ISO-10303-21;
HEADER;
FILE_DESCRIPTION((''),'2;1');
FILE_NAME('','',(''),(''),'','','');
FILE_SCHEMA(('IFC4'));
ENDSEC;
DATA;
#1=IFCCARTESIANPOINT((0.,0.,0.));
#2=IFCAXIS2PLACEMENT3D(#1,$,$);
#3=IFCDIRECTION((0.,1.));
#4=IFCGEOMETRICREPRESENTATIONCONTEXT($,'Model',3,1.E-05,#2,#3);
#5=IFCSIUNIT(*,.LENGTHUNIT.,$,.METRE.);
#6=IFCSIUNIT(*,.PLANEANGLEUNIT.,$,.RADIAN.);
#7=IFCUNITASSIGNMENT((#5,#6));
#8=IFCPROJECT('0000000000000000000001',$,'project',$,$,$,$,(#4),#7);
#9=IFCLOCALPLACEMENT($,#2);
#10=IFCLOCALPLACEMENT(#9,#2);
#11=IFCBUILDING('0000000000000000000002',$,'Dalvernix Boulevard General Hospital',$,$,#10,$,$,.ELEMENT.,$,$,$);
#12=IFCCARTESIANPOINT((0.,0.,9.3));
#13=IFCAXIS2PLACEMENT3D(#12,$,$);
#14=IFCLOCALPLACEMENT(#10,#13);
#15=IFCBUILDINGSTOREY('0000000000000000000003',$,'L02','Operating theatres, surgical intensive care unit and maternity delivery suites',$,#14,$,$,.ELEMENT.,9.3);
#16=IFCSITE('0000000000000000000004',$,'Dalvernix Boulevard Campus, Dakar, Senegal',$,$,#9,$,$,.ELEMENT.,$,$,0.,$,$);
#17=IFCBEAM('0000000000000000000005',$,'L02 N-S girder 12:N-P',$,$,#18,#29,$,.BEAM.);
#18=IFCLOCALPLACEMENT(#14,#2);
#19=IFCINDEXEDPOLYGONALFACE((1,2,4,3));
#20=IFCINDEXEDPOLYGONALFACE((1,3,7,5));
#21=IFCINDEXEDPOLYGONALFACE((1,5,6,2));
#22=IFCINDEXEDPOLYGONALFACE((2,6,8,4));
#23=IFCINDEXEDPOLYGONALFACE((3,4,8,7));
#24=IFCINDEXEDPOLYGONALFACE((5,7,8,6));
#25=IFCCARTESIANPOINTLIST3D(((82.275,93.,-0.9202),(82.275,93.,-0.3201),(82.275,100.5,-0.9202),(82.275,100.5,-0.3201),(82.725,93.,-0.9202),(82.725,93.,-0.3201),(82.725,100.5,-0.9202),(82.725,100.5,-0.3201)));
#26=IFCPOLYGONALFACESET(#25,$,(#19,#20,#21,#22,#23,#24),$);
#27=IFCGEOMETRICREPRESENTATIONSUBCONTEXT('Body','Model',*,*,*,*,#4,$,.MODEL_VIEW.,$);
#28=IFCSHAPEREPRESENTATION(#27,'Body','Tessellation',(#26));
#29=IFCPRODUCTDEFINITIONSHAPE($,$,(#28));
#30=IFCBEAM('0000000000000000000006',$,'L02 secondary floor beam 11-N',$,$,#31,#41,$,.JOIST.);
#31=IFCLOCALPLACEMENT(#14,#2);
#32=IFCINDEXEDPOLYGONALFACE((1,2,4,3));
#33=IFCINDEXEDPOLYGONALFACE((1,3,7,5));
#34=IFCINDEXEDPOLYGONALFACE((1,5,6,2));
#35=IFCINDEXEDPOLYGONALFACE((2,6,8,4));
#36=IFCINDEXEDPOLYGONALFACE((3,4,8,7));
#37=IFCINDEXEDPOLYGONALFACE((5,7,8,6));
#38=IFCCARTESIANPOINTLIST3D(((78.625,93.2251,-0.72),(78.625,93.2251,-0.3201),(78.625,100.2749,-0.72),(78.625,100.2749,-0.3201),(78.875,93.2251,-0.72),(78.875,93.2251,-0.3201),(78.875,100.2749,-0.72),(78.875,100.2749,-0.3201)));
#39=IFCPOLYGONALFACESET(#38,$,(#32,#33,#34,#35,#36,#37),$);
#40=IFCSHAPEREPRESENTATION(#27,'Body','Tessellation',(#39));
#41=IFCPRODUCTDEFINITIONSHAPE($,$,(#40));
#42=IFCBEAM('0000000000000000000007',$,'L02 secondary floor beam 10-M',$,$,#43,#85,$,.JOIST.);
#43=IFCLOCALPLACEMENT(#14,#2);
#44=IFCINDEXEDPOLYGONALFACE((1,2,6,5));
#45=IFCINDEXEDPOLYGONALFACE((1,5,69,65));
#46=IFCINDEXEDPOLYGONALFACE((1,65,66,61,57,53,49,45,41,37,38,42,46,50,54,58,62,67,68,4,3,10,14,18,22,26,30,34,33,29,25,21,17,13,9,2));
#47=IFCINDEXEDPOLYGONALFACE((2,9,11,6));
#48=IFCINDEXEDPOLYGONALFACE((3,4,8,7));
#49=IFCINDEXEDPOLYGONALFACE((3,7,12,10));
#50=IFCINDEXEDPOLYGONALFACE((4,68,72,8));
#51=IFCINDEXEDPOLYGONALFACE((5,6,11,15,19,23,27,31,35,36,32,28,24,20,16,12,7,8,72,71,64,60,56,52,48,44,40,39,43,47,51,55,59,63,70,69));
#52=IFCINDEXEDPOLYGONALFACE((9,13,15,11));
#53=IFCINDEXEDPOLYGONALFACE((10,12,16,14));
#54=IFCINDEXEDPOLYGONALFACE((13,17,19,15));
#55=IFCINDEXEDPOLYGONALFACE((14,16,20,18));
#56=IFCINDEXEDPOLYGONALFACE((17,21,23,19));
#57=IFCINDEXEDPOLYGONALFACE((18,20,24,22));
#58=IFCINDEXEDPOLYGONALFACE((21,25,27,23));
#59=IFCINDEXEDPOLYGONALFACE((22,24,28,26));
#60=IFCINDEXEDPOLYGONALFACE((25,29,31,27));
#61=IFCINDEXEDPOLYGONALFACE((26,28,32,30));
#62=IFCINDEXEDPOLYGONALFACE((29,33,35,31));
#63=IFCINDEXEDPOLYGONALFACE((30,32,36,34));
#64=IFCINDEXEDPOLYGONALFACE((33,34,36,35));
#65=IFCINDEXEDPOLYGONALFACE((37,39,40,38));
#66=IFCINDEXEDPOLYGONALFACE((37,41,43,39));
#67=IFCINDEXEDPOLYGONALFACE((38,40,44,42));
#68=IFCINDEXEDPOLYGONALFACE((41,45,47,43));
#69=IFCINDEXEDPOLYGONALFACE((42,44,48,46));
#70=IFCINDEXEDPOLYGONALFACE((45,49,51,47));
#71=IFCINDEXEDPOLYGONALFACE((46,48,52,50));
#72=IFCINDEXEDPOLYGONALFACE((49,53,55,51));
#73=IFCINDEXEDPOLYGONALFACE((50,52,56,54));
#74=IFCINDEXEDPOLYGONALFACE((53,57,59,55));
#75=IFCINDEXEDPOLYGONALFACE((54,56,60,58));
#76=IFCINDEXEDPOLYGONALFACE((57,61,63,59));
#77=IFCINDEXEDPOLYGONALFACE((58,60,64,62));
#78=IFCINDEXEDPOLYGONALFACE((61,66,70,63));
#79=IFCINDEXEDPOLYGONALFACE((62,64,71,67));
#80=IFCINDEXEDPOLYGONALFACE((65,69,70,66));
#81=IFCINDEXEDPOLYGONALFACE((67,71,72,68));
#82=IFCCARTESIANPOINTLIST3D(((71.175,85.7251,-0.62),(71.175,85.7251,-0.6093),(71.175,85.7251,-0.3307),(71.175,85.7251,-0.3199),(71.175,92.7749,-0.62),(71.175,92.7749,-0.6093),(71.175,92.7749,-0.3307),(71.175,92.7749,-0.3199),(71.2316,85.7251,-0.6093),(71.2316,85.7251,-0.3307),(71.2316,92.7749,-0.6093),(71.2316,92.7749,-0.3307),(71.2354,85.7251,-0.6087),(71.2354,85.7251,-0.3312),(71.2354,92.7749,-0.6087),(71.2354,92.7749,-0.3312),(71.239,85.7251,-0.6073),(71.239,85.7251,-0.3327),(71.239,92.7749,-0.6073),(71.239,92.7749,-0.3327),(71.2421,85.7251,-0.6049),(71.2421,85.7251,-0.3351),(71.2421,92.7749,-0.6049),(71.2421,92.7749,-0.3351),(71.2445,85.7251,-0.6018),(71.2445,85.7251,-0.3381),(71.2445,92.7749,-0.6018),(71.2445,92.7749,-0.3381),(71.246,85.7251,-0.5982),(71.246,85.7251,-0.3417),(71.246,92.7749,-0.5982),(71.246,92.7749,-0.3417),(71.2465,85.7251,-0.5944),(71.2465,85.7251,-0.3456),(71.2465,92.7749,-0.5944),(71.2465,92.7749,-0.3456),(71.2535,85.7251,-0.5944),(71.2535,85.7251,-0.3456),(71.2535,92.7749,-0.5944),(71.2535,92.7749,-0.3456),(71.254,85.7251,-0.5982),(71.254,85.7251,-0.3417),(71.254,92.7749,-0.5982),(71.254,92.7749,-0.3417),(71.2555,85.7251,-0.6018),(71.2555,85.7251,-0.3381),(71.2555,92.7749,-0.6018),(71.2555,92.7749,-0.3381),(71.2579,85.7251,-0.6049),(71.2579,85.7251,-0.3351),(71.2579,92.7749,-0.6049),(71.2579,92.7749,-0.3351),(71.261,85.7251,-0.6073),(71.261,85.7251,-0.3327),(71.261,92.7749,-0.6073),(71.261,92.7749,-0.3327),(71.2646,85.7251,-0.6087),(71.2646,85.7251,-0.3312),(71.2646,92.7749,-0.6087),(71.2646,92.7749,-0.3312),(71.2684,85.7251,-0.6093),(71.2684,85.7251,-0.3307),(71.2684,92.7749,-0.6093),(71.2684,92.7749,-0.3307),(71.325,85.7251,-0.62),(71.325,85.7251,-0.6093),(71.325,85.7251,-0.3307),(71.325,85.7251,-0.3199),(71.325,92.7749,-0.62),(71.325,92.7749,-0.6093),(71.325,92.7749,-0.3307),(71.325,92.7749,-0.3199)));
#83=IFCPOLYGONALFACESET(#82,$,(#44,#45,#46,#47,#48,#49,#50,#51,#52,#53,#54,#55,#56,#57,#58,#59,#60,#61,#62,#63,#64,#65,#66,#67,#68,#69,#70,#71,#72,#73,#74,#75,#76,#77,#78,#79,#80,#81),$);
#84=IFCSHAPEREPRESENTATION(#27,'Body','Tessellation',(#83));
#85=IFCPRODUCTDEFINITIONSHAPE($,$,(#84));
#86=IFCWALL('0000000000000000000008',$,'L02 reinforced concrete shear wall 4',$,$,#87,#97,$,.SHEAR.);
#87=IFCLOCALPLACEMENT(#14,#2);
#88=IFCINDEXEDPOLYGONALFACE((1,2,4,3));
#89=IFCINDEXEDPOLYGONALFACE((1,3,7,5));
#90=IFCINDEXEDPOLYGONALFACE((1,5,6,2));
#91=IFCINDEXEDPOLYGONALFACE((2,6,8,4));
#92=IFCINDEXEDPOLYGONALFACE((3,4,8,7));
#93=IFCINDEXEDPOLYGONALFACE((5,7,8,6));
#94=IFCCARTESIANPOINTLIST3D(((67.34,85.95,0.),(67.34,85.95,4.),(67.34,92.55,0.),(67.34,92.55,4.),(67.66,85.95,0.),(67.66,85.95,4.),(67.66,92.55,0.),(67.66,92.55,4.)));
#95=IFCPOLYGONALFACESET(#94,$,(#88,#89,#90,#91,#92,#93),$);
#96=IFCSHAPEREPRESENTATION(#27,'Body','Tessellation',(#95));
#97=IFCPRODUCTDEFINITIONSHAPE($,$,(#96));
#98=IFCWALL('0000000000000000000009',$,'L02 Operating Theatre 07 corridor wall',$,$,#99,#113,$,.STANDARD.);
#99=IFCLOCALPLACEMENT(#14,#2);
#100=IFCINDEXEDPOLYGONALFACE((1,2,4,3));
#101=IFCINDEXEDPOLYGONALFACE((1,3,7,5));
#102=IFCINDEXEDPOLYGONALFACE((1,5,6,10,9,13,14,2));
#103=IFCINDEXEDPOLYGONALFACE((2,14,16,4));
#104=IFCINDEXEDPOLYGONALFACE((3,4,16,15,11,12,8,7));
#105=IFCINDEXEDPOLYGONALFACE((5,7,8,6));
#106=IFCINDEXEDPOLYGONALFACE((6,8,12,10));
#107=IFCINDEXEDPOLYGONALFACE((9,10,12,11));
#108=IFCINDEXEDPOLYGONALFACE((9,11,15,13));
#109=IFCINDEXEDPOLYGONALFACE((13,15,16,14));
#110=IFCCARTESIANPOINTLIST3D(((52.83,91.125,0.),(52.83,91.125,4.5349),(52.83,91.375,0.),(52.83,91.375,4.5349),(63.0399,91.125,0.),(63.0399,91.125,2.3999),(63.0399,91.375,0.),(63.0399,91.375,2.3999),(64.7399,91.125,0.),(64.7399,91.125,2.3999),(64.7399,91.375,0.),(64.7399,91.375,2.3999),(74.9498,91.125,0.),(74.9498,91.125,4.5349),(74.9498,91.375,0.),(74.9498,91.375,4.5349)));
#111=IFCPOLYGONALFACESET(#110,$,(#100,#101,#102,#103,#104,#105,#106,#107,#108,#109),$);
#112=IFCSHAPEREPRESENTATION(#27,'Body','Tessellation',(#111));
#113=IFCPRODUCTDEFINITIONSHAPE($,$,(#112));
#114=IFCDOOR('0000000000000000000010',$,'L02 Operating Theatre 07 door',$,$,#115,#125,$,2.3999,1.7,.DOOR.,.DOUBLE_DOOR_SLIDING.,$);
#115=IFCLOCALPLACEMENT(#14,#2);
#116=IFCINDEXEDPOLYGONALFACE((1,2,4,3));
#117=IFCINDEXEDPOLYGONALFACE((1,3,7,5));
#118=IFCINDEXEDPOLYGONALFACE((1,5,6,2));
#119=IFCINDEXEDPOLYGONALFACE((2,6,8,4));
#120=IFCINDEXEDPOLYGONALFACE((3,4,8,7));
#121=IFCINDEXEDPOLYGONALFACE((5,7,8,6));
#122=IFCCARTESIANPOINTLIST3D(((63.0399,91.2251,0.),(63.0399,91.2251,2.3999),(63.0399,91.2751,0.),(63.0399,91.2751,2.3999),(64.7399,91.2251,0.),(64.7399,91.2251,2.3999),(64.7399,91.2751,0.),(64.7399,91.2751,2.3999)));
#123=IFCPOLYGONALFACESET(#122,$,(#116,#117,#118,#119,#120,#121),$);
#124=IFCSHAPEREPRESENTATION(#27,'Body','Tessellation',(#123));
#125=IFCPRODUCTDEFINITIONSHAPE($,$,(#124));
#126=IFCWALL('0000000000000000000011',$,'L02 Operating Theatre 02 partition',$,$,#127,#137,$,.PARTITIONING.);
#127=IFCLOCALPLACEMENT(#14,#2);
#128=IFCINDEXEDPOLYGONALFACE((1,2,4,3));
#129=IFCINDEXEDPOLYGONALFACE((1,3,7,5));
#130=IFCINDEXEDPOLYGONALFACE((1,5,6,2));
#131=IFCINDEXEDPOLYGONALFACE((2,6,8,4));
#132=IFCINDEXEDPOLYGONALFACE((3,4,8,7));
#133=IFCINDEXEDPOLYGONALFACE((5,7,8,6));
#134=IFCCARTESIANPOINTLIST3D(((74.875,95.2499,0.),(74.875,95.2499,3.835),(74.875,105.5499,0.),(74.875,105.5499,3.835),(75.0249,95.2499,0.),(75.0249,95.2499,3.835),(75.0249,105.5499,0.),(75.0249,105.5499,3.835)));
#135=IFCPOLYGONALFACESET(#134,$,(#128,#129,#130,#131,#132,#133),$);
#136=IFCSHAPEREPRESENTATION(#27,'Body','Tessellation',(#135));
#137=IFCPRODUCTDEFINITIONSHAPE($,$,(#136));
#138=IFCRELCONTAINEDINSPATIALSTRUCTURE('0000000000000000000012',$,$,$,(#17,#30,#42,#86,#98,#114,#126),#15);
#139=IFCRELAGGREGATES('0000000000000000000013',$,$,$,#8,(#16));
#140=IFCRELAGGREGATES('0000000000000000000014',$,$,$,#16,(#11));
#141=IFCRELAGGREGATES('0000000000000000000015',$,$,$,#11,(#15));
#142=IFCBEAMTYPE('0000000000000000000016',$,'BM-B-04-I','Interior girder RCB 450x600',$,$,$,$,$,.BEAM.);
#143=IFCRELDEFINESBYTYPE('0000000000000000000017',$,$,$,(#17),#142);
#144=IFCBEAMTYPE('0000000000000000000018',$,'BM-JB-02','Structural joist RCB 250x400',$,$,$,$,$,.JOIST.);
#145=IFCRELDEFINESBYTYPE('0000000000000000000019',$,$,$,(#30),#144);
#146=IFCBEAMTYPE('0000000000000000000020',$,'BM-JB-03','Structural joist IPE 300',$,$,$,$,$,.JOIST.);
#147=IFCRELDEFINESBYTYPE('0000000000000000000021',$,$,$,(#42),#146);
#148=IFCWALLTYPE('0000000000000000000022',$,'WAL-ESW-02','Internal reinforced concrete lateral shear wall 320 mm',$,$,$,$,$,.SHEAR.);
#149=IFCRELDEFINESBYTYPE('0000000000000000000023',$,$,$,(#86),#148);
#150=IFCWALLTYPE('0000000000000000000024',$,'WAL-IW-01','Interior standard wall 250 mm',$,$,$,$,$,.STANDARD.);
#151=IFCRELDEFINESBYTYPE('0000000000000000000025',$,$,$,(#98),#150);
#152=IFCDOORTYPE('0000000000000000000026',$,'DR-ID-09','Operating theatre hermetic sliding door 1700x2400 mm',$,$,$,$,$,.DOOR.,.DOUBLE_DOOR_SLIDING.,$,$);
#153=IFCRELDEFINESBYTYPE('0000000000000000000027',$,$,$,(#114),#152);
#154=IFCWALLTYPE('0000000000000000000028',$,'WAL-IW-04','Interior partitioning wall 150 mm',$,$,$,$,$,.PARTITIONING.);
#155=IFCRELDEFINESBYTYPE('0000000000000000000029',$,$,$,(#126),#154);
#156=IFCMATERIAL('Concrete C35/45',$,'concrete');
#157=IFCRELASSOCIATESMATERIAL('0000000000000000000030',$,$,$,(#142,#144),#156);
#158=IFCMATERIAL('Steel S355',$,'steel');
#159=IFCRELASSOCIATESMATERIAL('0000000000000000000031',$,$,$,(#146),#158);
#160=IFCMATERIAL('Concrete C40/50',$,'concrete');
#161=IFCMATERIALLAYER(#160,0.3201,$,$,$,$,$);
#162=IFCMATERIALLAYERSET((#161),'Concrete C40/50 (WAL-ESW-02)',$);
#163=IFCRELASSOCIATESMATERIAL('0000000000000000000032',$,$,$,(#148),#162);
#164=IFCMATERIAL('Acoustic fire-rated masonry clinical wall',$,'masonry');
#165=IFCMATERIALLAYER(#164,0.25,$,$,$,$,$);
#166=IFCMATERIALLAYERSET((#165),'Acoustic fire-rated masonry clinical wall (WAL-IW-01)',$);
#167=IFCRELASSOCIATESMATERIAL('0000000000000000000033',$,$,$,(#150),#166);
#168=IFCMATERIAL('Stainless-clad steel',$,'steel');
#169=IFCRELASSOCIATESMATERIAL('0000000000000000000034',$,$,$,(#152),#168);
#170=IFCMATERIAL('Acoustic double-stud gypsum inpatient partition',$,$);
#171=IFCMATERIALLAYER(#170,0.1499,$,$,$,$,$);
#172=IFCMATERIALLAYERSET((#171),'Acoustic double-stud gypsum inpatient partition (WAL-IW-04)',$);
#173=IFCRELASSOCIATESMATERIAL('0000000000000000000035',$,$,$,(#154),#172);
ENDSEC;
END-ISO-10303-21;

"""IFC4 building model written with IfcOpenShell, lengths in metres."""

from ifc_helpers import new_model, si_unit, direction, frame, frame_2d, origin, origin_2d, place, context, subcontext, project, spatial, rectangle, i_section, extrude, material, layer, layer_set, material_profile, profile_set, type_object, element, fill, save


model = new_model("IFC4")

# Units and contexts
model_context = context("Model", 3, precision=1e-05, world=origin(), true_north=direction((0.0, 1.0)))
body_context = subcontext(model_context, "Body", "Model", "MODEL_VIEW")
ifc_project = project(units=[si_unit("LENGTHUNIT", "METRE"), si_unit("PLANEANGLEUNIT", "RADIAN")], contexts=[model_context])

# Site, building, storey
site_placement = place(None, origin())
site = spatial("IfcSite", under=ifc_project, at=site_placement, Name="Dalvernix Boulevard Campus, Dakar, Senegal", CompositionType="ELEMENT", RefElevation=0.0)
building_placement = place(site_placement, origin())
building = spatial("IfcBuilding", under=site, at=building_placement, Name="Dalvernix Boulevard General Hospital", CompositionType="ELEMENT")
storey_placement = place(building_placement, frame((0.0, 0.0, 9.3)))
storey = spatial("IfcBuildingStorey", under=building, at=storey_placement, Name="L02", Description="Operating theatres, surgical intensive care unit and maternity delivery suites", CompositionType="ELEMENT", Elevation=9.3)

# Shared definitions
ifc_material_1 = material(Name="Concrete C40/50", Category="concrete")

# Beams
ifc_material_2 = material(Name="Concrete C35/45", Category="concrete")
ifc_material_profile_1 = material_profile(ifc_material_2, rectangle(XDim=0.45, YDim=0.6001, at=origin_2d()), Name="RCB 450x600")
ifc_profile_set_1 = profile_set([ifc_material_profile_1], Name="Concrete C35/45")
beam_type_1 = type_object("IfcBeamType", Name="BM-B-04-I", Description="Interior girder RCB 450x600", PredefinedType="BEAM", material=ifc_profile_set_1)
for number, where, z_axis, x_axis, name in (
    (1, (82.5, 93.0, -0.6201), (0.0, 1.0, 0.0), (-1.0, 0.0, 0.0), "L02 N-S girder 12:N-P"),
):
    element("IfcBeam", number, at=place(storey_placement, frame(where, z_axis=z_axis, x_axis=x_axis)), inside=storey, type_object=beam_type_1, Name=name, PredefinedType="BEAM", context=body_context, shape_type="SweptSolid", body=[
        extrude(rectangle(XDim=0.45, YDim=0.6001, at=origin_2d()), origin(), (0.0, 0.0, 1.0), 7.5),
    ])
ifc_material_profile_2 = material_profile(ifc_material_2, rectangle(XDim=0.25, YDim=0.3999, at=origin_2d()), Name="RCB 250x400")
ifc_profile_set_2 = profile_set([ifc_material_profile_2], Name="Concrete C35/45")
beam_type_2 = type_object("IfcBeamType", Name="BM-JB-02", Description="Structural joist RCB 250x400", PredefinedType="JOIST", material=ifc_profile_set_2)
beam_1_placement = place(storey_placement, frame((78.75, 93.2251, -0.52), z_axis=(0.0, 1.0, 0.0), x_axis=(-1.0, 0.0, 0.0)))
element("IfcBeam", 2, at=beam_1_placement, inside=storey, type_object=beam_type_2, Name="L02 secondary floor beam 11-N", PredefinedType="JOIST", context=body_context, shape_type="SweptSolid", body=[
    extrude(rectangle(XDim=0.25, YDim=0.3999, at=origin_2d()), origin(), (0.0, 0.0, 1.0), 7.0498),
])
ifc_material_3 = material(Name="Steel S355", Category="steel")
ifc_material_profile_3 = material_profile(ifc_material_3, i_section(OverallWidth=0.1499, OverallDepth=0.3, WebThickness=0.0071, FlangeThickness=0.0107, FilletRadius=0.0149, at=origin_2d()), Name="IPE 300")
ifc_profile_set_3 = profile_set([ifc_material_profile_3], Name="Steel S355")
beam_type_3 = type_object("IfcBeamType", Name="BM-JB-03", Description="Structural joist IPE 300", PredefinedType="JOIST", material=ifc_profile_set_3)
beam_2_placement = place(storey_placement, frame((71.25, 85.7251, -0.47), z_axis=(0.0, 1.0, 0.0), x_axis=(-1.0, 0.0, 0.0)))
element("IfcBeam", 3, at=beam_2_placement, inside=storey, type_object=beam_type_3, Name="L02 secondary floor beam 10-M", PredefinedType="JOIST", context=body_context, shape_type="SweptSolid", body=[
    extrude(i_section(OverallWidth=0.1499, OverallDepth=0.3, WebThickness=0.0071, FlangeThickness=0.0107, FilletRadius=0.0149, at=origin_2d()), origin(), (0.0, 0.0, 1.0), 7.0498),
])

# Wall
ifc_layer_1 = layer(ifc_material_1, 0.3201)
ifc_layer_set_1 = layer_set([ifc_layer_1], Name="Concrete C40/50 (WAL-ESW-02)")
wall_type_1 = type_object("IfcWallType", Name="WAL-ESW-02", Description="Internal reinforced concrete lateral shear wall 320 mm", PredefinedType="SHEAR", material=ifc_layer_set_1)
wall_1_placement = place(storey_placement, frame((67.5, 85.95, 0.0), z_axis=(0.0, 0.0, 1.0), x_axis=(0.0, 1.0, 0.0)))
element("IfcWall", 4, at=wall_1_placement, inside=storey, type_object=wall_type_1, Name="L02 reinforced concrete shear wall 4", PredefinedType="SHEAR", context=body_context, shape_type="SweptSolid", body=[
    extrude(rectangle(XDim=6.6001, YDim=0.3201, at=frame_2d((3.3, 0.0))), origin(), (0.0, 0.0, 1.0), 4.0),
])

# Wall, opening, door
ifc_material_4 = material(Name="Acoustic fire-rated masonry clinical wall", Category="masonry")
ifc_layer_2 = layer(ifc_material_4, 0.25)
ifc_layer_set_2 = layer_set([ifc_layer_2], Name="Acoustic fire-rated masonry clinical wall (WAL-IW-01)")
wall_type_2 = type_object("IfcWallType", Name="WAL-IW-01", Description="Interior standard wall 250 mm", PredefinedType="STANDARD", material=ifc_layer_set_2)
wall_2_placement = place(storey_placement, frame((74.95, 91.25, 0.0), z_axis=(0.0, 0.0, 1.0), x_axis=(-1.0, 0.0, 0.0)))
wall_2 = element("IfcWall", 5, at=wall_2_placement, inside=storey, type_object=wall_type_2, Name="L02 Operating Theatre 07 corridor wall", PredefinedType="STANDARD", context=body_context, shape_type="SweptSolid", body=[
    extrude(rectangle(XDim=22.1199, YDim=0.25, at=frame_2d((11.0601, 0.0))), origin(), (0.0, 0.0, 1.0), 4.5349),
])
opening_placement = place(wall_2_placement, frame((10.21, 0.0, 0.0)))
opening = element("IfcOpeningElement", 6, at=opening_placement, cuts=wall_2, PredefinedType="OPENING", context=body_context, shape_type="SweptSolid", body=[
    extrude(rectangle(XDim=1.7, YDim=2.3999, at=frame_2d((0.8501, 1.2))), frame((0.0, 0.135, 0.0), z_axis=(0.0, -1.0, 0.0), x_axis=(1.0, 0.0, 0.0)), (0.0, 0.0, 1.0), 0.27),
])
ifc_material_5 = material(Name="Stainless-clad steel", Category="steel")
door_type = type_object("IfcDoorType", Name="DR-ID-09", Description="Operating theatre hermetic sliding door 1700x2400 mm", OperationType="DOUBLE_DOOR_SLIDING", PredefinedType="DOOR", material=ifc_material_5)
door_placement = place(opening_placement, origin())
door = element("IfcDoor", 7, at=door_placement, inside=storey, type_object=door_type, Name="L02 Operating Theatre 07 door", OperationType="DOUBLE_DOOR_SLIDING", OverallHeight=2.3999, OverallWidth=1.7, PredefinedType="DOOR", context=body_context, shape_type="SweptSolid", body=[
    extrude(rectangle(XDim=1.7, YDim=2.3999, at=frame_2d((0.8501, 1.2))), frame((0.0, 0.0249, 0.0), z_axis=(0.0, -1.0, 0.0), x_axis=(1.0, 0.0, 0.0)), (0.0, 0.0, 1.0), 0.05),
])
fill(opening, door)

# Wall
ifc_material_6 = material(Name="Acoustic double-stud gypsum inpatient partition")
ifc_layer_3 = layer(ifc_material_6, 0.1499)
ifc_layer_set_3 = layer_set([ifc_layer_3], Name="Acoustic double-stud gypsum inpatient partition (WAL-IW-04)")
wall_type_3 = type_object("IfcWallType", Name="WAL-IW-04", Description="Interior partitioning wall 150 mm", PredefinedType="PARTITIONING", material=ifc_layer_set_3)
wall_3_placement = place(storey_placement, frame((74.95, 95.25, 0.0), z_axis=(0.0, 0.0, 1.0), x_axis=(0.0, 1.0, 0.0)))
element("IfcWall", 8, at=wall_3_placement, inside=storey, type_object=wall_type_3, Name="L02 Operating Theatre 02 partition", PredefinedType="PARTITIONING", context=body_context, shape_type="SweptSolid", body=[
    extrude(rectangle(XDim=10.3, YDim=0.1499, at=frame_2d((5.1499, 0.0))), origin(), (0.0, 0.0, 1.0), 3.835),
])

save(model, "model.ifc")
